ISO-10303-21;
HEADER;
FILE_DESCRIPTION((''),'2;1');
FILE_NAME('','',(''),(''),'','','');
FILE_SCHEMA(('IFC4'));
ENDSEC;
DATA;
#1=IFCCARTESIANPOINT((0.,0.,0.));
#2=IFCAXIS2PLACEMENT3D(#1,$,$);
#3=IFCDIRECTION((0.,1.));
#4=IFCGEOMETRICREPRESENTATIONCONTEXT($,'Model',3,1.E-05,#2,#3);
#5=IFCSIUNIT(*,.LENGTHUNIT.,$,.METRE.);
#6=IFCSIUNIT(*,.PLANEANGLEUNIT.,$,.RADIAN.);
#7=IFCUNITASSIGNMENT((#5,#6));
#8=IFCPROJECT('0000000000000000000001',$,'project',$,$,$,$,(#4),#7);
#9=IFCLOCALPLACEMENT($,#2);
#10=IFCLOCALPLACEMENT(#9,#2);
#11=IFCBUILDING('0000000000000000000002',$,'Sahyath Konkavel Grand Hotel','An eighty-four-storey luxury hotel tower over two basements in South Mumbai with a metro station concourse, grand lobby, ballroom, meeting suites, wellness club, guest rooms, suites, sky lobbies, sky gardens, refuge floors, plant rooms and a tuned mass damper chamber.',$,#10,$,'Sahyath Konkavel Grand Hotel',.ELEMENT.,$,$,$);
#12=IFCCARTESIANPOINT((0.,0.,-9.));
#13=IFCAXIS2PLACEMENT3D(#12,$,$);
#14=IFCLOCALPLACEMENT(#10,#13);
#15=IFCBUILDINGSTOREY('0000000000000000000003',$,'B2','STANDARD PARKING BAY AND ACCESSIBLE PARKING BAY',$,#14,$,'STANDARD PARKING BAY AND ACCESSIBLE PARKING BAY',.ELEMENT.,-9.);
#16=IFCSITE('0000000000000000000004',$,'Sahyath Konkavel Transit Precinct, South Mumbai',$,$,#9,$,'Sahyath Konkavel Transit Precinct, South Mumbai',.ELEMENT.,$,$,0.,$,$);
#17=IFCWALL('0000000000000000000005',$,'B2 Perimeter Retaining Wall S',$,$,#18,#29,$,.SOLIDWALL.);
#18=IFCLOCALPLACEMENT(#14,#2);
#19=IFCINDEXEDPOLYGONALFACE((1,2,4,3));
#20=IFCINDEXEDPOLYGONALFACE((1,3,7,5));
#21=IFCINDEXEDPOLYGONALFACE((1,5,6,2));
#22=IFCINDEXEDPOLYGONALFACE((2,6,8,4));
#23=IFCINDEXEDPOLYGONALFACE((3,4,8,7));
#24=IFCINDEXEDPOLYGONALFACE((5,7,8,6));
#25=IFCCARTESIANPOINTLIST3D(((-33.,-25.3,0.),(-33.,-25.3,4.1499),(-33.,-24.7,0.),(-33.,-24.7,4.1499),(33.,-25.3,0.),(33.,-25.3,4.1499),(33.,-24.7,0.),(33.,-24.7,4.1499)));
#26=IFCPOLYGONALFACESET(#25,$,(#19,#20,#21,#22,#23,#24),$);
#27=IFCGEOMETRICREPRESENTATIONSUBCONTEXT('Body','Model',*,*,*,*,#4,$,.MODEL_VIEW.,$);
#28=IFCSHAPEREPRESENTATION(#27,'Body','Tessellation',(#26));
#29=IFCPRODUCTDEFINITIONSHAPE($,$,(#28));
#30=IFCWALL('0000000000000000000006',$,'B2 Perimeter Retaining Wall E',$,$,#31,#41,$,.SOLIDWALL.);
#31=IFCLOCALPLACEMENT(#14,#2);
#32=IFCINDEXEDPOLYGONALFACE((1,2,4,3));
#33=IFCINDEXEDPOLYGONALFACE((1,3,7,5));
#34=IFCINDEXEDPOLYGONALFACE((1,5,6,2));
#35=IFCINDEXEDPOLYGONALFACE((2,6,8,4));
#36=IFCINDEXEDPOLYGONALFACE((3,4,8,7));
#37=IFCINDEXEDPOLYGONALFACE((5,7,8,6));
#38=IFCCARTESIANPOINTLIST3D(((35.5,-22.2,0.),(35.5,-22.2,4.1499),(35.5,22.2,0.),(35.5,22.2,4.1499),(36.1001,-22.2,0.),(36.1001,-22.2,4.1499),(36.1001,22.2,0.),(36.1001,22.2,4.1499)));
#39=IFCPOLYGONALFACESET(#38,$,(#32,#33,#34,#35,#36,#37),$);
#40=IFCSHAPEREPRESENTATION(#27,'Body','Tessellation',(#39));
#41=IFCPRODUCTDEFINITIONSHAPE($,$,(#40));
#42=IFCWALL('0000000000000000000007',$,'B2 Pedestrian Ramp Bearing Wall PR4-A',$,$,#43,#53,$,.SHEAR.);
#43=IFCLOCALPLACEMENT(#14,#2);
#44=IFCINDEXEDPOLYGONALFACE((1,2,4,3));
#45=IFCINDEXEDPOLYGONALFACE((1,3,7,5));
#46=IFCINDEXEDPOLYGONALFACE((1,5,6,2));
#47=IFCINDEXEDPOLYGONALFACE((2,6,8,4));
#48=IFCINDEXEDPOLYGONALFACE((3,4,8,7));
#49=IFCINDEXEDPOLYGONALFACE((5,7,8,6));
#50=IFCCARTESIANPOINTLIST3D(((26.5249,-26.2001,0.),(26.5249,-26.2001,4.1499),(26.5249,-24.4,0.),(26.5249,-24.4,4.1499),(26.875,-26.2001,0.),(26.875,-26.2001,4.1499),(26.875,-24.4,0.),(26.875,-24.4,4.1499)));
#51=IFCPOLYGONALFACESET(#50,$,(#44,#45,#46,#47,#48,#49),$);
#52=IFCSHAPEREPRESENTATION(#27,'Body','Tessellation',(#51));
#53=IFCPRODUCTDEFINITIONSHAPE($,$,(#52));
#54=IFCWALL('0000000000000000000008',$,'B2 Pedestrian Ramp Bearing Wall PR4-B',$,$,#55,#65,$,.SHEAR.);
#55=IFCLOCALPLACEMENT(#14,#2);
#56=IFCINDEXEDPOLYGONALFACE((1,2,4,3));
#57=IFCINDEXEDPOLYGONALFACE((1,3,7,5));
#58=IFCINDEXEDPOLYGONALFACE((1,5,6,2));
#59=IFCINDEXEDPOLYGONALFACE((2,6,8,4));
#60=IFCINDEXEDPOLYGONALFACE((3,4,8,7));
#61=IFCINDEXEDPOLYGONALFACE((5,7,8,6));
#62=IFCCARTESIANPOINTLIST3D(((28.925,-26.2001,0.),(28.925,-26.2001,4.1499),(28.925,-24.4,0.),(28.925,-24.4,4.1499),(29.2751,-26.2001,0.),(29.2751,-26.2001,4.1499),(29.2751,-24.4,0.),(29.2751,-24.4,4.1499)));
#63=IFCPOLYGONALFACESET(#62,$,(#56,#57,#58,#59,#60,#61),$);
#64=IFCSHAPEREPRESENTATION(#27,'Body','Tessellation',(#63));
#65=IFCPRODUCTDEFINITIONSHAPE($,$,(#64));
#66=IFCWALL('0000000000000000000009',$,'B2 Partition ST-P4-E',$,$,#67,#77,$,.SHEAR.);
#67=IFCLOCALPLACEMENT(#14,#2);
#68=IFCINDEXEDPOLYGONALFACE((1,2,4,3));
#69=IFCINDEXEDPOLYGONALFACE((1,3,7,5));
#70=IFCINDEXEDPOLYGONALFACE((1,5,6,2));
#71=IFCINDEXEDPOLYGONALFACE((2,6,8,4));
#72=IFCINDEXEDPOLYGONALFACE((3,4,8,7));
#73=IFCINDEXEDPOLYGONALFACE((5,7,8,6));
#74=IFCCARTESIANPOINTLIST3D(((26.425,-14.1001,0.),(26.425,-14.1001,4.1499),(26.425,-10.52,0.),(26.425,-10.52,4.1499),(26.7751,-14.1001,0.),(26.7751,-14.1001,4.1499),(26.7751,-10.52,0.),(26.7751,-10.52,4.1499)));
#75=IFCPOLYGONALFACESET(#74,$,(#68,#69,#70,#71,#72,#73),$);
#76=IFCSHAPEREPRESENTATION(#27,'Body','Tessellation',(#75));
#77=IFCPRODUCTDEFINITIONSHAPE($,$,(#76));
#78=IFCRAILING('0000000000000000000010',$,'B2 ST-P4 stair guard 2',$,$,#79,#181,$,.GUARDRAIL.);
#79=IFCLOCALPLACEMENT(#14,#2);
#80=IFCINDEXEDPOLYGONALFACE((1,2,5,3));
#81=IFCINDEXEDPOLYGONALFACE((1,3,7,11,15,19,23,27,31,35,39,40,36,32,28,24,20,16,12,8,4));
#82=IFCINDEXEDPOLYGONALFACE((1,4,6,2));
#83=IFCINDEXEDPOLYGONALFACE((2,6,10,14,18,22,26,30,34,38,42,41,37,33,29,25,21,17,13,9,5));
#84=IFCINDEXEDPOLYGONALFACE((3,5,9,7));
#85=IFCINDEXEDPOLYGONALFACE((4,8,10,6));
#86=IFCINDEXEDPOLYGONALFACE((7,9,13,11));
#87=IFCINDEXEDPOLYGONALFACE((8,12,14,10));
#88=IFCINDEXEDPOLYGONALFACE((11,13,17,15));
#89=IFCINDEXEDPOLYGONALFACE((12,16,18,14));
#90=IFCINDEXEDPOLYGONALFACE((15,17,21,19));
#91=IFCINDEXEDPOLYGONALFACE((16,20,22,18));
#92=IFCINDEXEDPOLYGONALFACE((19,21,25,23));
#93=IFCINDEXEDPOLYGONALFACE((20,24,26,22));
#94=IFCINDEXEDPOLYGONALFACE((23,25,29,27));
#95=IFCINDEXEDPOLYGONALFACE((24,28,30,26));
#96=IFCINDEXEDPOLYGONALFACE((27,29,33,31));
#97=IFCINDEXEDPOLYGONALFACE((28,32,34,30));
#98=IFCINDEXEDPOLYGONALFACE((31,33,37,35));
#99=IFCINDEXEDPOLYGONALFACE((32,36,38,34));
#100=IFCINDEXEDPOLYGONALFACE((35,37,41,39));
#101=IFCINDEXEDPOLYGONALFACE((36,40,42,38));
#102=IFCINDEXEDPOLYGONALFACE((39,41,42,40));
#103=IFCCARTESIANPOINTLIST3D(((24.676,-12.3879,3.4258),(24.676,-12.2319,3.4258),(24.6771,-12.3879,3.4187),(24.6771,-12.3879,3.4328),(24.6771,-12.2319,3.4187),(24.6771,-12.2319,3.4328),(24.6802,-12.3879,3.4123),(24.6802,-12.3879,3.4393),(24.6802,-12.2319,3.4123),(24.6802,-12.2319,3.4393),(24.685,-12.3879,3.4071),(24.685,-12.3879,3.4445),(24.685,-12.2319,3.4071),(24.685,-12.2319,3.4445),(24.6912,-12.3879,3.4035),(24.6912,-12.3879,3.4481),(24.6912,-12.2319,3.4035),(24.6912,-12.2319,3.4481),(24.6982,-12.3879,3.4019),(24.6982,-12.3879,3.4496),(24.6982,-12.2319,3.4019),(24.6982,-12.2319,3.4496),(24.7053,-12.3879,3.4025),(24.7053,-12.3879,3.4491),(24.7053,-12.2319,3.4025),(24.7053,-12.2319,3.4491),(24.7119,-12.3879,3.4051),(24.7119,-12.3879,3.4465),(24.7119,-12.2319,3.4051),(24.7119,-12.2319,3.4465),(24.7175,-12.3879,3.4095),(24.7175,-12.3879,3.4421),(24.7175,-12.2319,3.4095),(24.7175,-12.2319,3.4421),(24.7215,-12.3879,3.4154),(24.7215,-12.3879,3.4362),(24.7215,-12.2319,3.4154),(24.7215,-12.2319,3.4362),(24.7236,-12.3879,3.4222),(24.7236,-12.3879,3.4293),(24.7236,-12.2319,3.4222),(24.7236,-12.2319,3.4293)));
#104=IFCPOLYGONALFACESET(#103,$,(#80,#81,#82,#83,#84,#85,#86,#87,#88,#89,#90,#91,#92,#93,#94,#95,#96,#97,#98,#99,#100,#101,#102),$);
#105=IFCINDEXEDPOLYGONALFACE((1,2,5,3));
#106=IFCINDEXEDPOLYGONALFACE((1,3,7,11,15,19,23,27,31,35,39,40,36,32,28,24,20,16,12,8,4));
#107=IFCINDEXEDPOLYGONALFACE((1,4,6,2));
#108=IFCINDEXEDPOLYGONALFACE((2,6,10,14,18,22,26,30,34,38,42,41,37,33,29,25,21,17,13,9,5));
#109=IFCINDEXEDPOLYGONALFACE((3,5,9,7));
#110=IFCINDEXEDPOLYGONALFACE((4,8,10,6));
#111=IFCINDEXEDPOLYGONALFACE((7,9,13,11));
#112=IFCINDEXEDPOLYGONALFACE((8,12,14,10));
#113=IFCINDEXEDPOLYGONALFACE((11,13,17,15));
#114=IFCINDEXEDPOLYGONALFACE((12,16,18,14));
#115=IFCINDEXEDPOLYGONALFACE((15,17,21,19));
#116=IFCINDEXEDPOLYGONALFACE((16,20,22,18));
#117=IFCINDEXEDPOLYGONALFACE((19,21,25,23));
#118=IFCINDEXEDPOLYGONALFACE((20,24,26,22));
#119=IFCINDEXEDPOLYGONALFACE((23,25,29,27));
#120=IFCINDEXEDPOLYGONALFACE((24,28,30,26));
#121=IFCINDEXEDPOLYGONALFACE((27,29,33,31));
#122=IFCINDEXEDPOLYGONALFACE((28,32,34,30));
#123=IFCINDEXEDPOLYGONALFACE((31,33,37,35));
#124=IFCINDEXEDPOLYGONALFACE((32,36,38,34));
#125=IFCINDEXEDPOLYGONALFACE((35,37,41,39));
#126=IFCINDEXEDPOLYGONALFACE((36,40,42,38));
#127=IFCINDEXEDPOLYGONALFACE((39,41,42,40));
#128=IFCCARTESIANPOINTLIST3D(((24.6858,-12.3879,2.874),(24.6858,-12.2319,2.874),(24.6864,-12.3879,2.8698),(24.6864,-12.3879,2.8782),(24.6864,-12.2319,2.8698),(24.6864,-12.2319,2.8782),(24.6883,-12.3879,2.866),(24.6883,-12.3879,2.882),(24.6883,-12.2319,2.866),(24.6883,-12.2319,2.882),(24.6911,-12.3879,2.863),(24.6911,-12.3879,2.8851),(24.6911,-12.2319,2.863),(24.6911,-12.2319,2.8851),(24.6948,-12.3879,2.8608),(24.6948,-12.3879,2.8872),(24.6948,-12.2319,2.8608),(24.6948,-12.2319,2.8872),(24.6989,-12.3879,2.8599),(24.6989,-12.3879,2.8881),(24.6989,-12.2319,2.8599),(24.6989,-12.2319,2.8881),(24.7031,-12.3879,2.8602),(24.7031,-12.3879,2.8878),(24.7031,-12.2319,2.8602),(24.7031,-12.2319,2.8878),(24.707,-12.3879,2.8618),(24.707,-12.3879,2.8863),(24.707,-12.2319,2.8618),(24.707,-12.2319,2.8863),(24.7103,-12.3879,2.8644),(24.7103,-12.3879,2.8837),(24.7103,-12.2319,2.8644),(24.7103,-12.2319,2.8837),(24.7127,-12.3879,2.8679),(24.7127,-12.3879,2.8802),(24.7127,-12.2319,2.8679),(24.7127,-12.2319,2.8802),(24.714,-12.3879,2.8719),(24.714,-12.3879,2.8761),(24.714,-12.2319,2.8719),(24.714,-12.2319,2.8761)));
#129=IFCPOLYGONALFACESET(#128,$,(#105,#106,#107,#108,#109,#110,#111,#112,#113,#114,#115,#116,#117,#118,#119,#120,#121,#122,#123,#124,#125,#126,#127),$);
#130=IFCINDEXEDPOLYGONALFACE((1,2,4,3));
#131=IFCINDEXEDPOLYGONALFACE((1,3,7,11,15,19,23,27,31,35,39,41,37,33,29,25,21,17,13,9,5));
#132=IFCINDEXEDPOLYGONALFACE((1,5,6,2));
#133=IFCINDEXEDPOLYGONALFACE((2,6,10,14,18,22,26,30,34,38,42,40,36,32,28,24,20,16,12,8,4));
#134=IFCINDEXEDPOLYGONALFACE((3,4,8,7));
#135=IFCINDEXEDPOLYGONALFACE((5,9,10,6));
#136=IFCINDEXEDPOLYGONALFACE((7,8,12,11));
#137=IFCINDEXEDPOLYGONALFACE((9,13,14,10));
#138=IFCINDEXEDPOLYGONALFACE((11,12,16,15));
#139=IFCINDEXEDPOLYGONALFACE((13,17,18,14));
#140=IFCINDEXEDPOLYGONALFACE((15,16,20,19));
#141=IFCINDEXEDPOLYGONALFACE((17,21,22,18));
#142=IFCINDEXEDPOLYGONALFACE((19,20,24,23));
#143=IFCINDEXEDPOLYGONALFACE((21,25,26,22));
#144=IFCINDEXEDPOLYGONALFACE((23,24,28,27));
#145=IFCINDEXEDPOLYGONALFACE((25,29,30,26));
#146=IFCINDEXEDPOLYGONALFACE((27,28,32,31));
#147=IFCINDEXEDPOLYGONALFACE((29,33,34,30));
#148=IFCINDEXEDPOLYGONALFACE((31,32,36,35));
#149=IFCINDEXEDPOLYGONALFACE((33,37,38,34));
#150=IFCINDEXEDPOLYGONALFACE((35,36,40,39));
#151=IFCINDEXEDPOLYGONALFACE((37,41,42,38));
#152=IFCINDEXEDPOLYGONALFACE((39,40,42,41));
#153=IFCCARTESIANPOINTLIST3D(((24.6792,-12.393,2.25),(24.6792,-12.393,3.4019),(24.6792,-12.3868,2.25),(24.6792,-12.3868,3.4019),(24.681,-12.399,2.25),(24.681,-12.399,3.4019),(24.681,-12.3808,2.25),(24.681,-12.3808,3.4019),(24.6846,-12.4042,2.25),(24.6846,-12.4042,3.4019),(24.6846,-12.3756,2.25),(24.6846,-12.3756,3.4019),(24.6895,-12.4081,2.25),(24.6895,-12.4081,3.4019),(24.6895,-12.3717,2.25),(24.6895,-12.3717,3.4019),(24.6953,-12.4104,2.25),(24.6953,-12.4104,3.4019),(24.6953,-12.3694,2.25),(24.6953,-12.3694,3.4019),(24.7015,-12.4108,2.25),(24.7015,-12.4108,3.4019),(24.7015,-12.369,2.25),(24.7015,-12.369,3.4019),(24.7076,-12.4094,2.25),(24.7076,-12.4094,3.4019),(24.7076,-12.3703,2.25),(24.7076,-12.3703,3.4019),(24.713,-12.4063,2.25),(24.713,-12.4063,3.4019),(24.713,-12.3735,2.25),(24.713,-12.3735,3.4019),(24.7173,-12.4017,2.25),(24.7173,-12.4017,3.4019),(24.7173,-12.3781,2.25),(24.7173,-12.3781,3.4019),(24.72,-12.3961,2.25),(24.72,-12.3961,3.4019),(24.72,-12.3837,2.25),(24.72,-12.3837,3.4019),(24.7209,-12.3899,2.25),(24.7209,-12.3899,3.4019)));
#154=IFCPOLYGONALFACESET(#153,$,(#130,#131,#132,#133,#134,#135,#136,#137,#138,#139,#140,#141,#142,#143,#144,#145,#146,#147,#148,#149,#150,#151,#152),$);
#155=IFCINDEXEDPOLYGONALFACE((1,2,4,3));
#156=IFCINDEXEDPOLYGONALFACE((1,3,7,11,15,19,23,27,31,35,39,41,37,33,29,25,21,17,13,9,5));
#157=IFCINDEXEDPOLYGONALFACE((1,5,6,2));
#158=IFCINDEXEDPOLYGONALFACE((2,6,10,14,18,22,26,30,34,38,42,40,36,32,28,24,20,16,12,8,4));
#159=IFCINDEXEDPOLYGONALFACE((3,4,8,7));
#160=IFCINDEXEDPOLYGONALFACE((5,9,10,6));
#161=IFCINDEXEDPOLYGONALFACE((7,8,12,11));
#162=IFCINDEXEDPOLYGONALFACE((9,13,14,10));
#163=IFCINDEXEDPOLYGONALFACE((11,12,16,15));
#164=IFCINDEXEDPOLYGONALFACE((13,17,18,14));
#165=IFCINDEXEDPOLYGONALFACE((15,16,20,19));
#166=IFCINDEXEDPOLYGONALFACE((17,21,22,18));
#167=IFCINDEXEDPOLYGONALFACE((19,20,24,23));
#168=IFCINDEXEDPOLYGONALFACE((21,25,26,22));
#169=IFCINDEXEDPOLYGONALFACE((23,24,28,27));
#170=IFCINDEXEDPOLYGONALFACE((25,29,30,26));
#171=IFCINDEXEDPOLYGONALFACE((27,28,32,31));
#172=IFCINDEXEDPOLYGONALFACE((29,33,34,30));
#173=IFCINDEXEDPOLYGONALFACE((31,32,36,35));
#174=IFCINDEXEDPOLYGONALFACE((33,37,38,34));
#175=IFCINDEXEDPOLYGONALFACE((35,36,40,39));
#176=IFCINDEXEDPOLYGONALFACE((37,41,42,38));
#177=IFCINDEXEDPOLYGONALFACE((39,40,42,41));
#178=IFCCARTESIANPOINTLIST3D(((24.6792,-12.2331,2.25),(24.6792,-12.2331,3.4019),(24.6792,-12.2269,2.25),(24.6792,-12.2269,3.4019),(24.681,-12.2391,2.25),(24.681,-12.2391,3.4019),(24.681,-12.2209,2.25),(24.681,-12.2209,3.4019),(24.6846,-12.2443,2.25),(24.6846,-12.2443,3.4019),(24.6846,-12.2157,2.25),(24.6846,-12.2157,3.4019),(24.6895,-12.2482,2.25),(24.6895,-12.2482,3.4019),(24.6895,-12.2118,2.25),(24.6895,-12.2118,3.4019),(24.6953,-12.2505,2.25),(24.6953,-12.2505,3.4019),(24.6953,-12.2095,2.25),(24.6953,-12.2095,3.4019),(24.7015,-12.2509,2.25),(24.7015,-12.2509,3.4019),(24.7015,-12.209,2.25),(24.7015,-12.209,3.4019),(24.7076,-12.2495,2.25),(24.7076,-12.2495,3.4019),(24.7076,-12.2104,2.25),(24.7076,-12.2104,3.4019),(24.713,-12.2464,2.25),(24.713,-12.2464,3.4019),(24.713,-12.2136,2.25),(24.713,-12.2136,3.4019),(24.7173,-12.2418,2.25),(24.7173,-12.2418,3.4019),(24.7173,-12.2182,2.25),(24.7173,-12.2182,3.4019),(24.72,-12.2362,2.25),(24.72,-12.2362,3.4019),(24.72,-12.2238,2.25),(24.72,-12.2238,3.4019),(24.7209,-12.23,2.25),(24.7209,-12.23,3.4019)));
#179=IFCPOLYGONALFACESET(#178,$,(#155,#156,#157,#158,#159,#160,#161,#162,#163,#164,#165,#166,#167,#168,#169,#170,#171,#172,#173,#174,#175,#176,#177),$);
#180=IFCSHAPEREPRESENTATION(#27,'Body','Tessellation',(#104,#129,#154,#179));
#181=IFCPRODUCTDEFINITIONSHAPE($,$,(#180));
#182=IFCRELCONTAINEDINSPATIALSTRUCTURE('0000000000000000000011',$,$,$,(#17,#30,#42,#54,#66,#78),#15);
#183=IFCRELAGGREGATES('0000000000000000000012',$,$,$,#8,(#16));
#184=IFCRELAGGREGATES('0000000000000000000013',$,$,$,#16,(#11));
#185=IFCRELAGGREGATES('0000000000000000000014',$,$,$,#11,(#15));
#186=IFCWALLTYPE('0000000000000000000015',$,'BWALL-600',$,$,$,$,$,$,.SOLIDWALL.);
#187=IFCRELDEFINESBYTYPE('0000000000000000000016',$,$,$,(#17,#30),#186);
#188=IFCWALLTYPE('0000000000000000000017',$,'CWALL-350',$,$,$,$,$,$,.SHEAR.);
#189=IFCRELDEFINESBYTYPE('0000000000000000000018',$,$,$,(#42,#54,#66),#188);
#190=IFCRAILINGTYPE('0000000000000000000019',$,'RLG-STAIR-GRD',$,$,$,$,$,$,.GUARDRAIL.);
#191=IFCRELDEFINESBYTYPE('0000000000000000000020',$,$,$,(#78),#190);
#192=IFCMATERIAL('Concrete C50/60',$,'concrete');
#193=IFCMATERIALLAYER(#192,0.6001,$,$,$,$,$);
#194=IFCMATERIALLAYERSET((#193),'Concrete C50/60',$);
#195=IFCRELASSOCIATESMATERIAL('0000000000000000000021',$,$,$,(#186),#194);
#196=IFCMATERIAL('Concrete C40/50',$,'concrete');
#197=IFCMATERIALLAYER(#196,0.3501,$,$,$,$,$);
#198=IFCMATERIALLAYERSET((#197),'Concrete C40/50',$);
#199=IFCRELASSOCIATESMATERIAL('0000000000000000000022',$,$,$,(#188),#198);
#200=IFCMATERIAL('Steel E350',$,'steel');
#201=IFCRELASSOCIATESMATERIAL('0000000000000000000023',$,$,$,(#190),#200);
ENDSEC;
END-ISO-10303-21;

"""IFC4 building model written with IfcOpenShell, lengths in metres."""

from ifc_helpers import new_model, si_unit, direction, frame, frame_2d, origin, origin_2d, place, context, subcontext, project, spatial, rectangle, circle, extrude, material, layer, layer_set, type_object, element, save


model = new_model("IFC4")

# Units and contexts
model_context = context("Model", 3, precision=1e-05, world=origin(), true_north=direction((0.0, 1.0)))
body_context = subcontext(model_context, "Body", "Model", "MODEL_VIEW")
ifc_project = project(units=[si_unit("LENGTHUNIT", "METRE"), si_unit("PLANEANGLEUNIT", "RADIAN")], contexts=[model_context])

# Site, building, storey
site_placement = place(None, origin())
site = spatial("IfcSite", under=ifc_project, at=site_placement, Name="Sahyath Konkavel Transit Precinct, South Mumbai", LongName="Sahyath Konkavel Transit Precinct, South Mumbai", CompositionType="ELEMENT", RefElevation=0.0)
building_placement = place(site_placement, origin())
building = spatial("IfcBuilding", under=site, at=building_placement, Name="Sahyath Konkavel Grand Hotel", Description="An eighty-four-storey luxury hotel tower over two basements in South Mumbai with a metro station concourse, grand lobby, ballroom, meeting suites, wellness club, guest rooms, suites, sky lobbies, sky gardens, refuge floors, plant rooms and a tuned mass damper chamber.", LongName="Sahyath Konkavel Grand Hotel", CompositionType="ELEMENT")
storey_placement = place(building_placement, frame((0.0, 0.0, -9.0)))
storey = spatial("IfcBuildingStorey", under=building, at=storey_placement, Name="B2", Description="STANDARD PARKING BAY AND ACCESSIBLE PARKING BAY", LongName="STANDARD PARKING BAY AND ACCESSIBLE PARKING BAY", CompositionType="ELEMENT", Elevation=-9.0)

# Shared definitions
ifc_material_1 = material(Name="Concrete C50/60", Category="concrete")

# Shared definitions
ifc_material_2 = material(Name="Steel E350", Category="steel")

# Walls
ifc_layer_1 = layer(ifc_material_1, 0.6001)
ifc_layer_set_1 = layer_set([ifc_layer_1], Name="Concrete C50/60")
wall_type_1 = type_object("IfcWallType", Name="BWALL-600", PredefinedType="SOLIDWALL", material=ifc_layer_set_1)
wall_1_placement = place(storey_placement, frame((33.0, -25.0, 0.0), z_axis=(0.0, 0.0, 1.0), x_axis=(-1.0, 0.0, 0.0)))
element("IfcWall", 1, at=wall_1_placement, inside=storey, type_object=wall_type_1, Name="B2 Perimeter Retaining Wall S", PredefinedType="SOLIDWALL", context=body_context, shape_type="SweptSolid", body=[
    extrude(rectangle(XDim=66.0, YDim=0.6001, at=frame_2d((33.0, 0.0))), origin(), (0.0, 0.0, 1.0), 4.1499),
])
wall_2_placement = place(storey_placement, frame((35.8, -22.2, 0.0), z_axis=(0.0, 0.0, 1.0), x_axis=(0.0, 1.0, 0.0)))
element("IfcWall", 2, at=wall_2_placement, inside=storey, type_object=wall_type_1, Name="B2 Perimeter Retaining Wall E", PredefinedType="SOLIDWALL", context=body_context, shape_type="SweptSolid", body=[
    extrude(rectangle(XDim=44.3999, YDim=0.6001, at=frame_2d((22.2, 0.0))), origin(), (0.0, 0.0, 1.0), 4.1499),
])
ifc_material_3 = material(Name="Concrete C40/50", Category="concrete")
ifc_layer_2 = layer(ifc_material_3, 0.3501)
ifc_layer_set_2 = layer_set([ifc_layer_2], Name="Concrete C40/50")
wall_type_2 = type_object("IfcWallType", Name="CWALL-350", PredefinedType="SHEAR", material=ifc_layer_set_2)
for number, where, z_axis, x_axis, name in (
    (3, (26.7, -26.2, 0.0), (0.0, 0.0, 1.0), (0.0, 1.0, 0.0), "B2 Pedestrian Ramp Bearing Wall PR4-A"),
    (4, (29.1001, -26.2, 0.0), (0.0, 0.0, 1.0), (0.0, 1.0, 0.0), "B2 Pedestrian Ramp Bearing Wall PR4-B"),
):
    element("IfcWall", number, at=place(storey_placement, frame(where, z_axis=z_axis, x_axis=x_axis)), inside=storey, type_object=wall_type_2, Name=name, PredefinedType="SHEAR", context=body_context, shape_type="SweptSolid", body=[
        extrude(rectangle(XDim=1.8, YDim=0.3501, at=frame_2d((0.8999, 0.0))), origin(), (0.0, 0.0, 1.0), 4.1499),
    ])
wall_3_placement = place(storey_placement, frame((26.6001, -14.1001, 0.0), z_axis=(0.0, 0.0, 1.0), x_axis=(0.0, 1.0, 0.0)))
element("IfcWall", 5, at=wall_3_placement, inside=storey, type_object=wall_type_2, Name="B2 Partition ST-P4-E", PredefinedType="SHEAR", context=body_context, shape_type="SweptSolid", body=[
    extrude(rectangle(XDim=3.5801, YDim=0.3501, at=frame_2d((1.79, 0.0))), origin(), (0.0, 0.0, 1.0), 4.1499),
])

# Railing
railing_type = type_object("IfcRailingType", Name="RLG-STAIR-GRD", PredefinedType="GUARDRAIL", material=ifc_material_2)
railing_placement = place(storey_placement, frame((24.7, -12.3899, 2.25)))
element("IfcRailing", 6, at=railing_placement, inside=storey, type_object=railing_type, Name="B2 ST-P4 stair guard 2", PredefinedType="GUARDRAIL", context=body_context, shape_type="SweptSolid", body=[
    extrude(circle(Radius=0.0239, at=origin_2d()), frame((0.0, 0.002, 1.1758), z_axis=(0.0, 1.0, 0.0), x_axis=(-1.0, 0.0, 0.0)), (0.0, 0.0, 1.0), 0.156),
    extrude(circle(Radius=0.0142, at=origin_2d()), frame((0.0, 0.002, 0.624), z_axis=(0.0, 1.0, 0.0), x_axis=(-1.0, 0.0, 0.0)), (0.0, 0.0, 1.0), 0.156),
    extrude(circle(Radius=0.021, at=origin_2d()), origin(), (0.0, 0.0, 1.0), 1.1519),
    extrude(circle(Radius=0.021, at=origin_2d()), frame((0.0, 0.1599, 0.0)), (0.0, 0.0, 1.0), 1.1519),
])

save(model, "model.ifc")
